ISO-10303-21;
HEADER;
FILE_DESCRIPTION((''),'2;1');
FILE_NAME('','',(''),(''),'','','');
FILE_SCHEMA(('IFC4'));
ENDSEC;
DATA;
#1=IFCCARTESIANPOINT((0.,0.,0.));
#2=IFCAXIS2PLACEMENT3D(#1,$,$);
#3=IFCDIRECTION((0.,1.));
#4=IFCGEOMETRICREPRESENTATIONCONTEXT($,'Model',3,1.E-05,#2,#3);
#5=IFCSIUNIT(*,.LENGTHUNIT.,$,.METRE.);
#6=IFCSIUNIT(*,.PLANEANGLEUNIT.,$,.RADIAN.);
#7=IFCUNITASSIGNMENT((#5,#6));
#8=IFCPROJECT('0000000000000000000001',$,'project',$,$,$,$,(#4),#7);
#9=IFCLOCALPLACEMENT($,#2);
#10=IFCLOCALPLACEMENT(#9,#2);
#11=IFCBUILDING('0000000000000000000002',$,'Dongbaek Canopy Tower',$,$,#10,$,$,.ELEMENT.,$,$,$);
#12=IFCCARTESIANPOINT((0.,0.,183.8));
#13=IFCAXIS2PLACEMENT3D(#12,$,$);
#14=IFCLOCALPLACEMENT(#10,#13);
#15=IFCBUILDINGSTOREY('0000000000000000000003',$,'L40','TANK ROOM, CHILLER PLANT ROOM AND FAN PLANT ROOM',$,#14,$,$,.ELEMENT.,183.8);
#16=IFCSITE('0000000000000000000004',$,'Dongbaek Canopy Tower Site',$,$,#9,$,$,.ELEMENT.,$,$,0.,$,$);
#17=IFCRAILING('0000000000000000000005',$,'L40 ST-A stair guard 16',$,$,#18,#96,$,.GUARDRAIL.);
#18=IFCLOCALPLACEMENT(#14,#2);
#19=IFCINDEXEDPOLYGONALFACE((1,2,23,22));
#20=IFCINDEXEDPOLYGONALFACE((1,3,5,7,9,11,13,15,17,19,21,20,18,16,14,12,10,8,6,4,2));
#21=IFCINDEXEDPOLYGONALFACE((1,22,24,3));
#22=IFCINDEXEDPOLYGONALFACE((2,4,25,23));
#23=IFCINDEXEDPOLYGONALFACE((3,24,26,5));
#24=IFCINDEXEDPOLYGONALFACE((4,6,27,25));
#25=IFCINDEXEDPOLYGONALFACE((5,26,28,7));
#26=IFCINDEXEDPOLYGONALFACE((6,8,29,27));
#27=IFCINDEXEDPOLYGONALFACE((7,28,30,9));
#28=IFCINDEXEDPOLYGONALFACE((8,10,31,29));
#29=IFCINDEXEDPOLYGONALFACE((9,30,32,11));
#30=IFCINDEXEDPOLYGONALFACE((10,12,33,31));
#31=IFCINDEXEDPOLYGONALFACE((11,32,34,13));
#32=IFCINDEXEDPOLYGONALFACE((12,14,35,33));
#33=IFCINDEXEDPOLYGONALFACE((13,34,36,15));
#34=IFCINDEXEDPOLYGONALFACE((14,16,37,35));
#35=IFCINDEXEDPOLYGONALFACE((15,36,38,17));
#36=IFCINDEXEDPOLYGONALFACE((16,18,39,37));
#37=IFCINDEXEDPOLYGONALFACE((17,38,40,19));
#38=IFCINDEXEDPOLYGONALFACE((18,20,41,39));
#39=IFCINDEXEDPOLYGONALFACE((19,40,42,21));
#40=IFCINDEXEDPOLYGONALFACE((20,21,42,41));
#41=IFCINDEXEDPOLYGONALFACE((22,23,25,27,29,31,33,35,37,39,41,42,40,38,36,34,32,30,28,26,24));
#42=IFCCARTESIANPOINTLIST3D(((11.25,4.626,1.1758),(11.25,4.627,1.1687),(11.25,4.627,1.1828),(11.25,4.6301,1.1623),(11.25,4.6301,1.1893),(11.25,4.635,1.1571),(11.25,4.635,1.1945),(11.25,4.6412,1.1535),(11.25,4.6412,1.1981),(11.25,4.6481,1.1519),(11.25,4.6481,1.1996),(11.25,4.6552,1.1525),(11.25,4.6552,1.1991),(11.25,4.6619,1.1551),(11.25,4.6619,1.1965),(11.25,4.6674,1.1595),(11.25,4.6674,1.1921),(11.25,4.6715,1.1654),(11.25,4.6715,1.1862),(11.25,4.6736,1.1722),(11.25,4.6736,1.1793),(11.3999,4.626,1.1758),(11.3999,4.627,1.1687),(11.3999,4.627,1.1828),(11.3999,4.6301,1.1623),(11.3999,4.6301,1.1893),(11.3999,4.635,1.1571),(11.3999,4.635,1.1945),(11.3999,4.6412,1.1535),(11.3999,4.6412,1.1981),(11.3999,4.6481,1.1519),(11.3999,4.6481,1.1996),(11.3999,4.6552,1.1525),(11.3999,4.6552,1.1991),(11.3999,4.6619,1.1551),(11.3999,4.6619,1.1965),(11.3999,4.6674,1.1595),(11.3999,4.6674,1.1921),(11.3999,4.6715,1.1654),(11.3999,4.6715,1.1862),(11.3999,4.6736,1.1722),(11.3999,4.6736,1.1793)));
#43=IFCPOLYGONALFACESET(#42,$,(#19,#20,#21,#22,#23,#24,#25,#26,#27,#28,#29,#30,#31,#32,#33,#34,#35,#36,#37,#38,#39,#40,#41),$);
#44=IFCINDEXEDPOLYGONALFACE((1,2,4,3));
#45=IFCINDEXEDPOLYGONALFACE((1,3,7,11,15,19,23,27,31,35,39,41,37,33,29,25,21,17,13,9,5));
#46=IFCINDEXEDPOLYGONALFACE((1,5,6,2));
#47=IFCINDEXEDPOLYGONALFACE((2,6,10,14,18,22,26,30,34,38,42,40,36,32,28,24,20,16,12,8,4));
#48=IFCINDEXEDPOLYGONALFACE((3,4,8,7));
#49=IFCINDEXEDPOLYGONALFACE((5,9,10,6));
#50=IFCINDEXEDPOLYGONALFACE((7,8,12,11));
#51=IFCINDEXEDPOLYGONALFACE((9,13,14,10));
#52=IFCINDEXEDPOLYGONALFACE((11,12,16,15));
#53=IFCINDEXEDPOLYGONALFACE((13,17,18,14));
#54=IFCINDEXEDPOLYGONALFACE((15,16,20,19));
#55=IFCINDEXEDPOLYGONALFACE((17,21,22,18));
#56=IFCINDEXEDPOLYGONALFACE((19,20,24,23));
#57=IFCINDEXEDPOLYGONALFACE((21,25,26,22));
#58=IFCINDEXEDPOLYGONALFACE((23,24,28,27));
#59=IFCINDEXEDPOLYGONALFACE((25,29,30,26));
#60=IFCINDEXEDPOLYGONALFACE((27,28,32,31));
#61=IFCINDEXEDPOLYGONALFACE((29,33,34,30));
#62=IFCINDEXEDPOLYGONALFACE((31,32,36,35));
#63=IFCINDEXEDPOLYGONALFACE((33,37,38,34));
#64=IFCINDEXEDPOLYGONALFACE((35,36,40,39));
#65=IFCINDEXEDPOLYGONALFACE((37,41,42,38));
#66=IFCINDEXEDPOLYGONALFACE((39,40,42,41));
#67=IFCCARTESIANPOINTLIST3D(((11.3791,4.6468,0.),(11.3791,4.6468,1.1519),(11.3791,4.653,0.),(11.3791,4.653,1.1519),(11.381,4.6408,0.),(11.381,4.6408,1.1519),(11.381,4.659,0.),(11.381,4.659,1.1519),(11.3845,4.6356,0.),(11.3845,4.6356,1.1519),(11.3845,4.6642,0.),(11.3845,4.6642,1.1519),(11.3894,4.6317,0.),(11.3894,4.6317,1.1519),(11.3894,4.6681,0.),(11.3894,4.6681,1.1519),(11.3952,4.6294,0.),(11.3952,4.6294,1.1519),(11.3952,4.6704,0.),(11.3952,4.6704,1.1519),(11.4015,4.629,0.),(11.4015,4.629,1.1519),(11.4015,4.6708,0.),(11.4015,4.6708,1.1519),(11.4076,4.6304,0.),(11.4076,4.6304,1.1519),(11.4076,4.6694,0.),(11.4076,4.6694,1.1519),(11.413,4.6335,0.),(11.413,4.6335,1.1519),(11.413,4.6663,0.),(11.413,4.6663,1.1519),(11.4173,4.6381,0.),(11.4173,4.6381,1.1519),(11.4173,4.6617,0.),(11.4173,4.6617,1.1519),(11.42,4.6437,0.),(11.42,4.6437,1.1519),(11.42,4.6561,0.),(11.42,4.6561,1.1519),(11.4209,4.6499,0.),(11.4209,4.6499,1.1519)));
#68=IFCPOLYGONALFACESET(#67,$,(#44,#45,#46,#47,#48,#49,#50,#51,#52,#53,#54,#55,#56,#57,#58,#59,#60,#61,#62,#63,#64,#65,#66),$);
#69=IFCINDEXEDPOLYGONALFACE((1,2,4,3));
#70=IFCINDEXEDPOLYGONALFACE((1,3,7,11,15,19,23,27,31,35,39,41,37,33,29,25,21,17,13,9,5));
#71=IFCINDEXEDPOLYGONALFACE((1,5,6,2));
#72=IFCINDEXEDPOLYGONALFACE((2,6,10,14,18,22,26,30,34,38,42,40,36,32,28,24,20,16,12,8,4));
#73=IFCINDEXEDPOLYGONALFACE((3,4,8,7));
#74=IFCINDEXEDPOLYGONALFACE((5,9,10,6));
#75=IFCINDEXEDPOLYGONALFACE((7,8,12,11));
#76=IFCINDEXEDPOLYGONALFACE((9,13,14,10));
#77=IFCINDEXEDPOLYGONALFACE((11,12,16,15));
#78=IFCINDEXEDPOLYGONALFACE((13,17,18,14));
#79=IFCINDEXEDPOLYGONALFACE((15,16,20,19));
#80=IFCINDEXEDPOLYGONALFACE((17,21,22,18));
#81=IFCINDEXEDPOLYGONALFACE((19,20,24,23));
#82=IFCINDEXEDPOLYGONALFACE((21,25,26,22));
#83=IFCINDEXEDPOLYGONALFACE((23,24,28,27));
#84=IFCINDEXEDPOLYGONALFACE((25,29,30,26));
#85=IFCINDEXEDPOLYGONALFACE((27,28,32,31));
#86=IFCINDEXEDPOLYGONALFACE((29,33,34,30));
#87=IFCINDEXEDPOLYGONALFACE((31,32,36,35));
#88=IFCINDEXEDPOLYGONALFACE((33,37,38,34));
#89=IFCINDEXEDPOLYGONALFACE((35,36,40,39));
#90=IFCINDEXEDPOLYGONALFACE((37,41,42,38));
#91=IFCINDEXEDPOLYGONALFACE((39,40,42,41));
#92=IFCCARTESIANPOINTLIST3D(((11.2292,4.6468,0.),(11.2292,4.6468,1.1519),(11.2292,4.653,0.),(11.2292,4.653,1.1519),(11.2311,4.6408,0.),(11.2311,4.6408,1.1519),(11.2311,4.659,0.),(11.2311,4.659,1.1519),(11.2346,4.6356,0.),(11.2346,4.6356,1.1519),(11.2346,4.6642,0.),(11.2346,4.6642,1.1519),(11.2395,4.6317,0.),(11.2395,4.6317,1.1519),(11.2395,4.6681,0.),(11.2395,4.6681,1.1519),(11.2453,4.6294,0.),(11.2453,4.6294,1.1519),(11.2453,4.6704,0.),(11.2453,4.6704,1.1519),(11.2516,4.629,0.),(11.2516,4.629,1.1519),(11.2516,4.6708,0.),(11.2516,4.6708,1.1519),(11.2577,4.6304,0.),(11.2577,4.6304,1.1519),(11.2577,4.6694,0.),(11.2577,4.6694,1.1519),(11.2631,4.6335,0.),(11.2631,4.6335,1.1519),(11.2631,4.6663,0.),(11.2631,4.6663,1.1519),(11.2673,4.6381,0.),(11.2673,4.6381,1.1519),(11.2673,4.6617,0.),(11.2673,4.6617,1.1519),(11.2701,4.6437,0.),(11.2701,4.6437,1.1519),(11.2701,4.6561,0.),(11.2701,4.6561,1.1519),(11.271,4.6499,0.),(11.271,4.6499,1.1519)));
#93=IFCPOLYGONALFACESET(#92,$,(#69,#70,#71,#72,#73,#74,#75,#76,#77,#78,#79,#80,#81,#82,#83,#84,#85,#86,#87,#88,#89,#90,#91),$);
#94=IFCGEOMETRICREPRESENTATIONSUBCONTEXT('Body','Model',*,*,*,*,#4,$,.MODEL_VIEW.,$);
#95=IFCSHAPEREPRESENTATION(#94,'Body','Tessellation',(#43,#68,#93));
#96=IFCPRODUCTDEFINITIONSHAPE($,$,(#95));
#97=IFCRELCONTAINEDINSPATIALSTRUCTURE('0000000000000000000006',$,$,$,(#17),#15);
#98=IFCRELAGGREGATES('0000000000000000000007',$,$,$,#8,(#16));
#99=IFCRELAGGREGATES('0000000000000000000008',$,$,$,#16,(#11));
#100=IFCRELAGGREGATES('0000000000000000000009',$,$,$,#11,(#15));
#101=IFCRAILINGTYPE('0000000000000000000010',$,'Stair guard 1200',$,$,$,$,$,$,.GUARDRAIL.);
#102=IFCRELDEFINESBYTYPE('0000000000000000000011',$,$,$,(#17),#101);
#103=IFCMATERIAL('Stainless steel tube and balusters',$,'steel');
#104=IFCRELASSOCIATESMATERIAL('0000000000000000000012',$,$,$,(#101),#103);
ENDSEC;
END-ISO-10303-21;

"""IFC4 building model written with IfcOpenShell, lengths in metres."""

from ifc_helpers import new_model, si_unit, direction, frame, origin, origin_2d, place, context, subcontext, project, spatial, circle, extrude, material, type_object, element, save


model = new_model("IFC4")

# Units and contexts
model_context = context("Model", 3, precision=1e-05, world=origin(), true_north=direction((0.0, 1.0)))
body_context = subcontext(model_context, "Body", "Model", "MODEL_VIEW")
ifc_project = project(units=[si_unit("LENGTHUNIT", "METRE"), si_unit("PLANEANGLEUNIT", "RADIAN")], contexts=[model_context])

# Site, building, storey
site_placement = place(None, origin())
site = spatial("IfcSite", under=ifc_project, at=site_placement, Name="Dongbaek Canopy Tower Site", CompositionType="ELEMENT", RefElevation=0.0)
building_placement = place(site_placement, origin())
building = spatial("IfcBuilding", under=site, at=building_placement, Name="Dongbaek Canopy Tower", CompositionType="ELEMENT")
storey_placement = place(building_placement, frame((0.0, 0.0, 183.8)))
storey = spatial("IfcBuildingStorey", under=building, at=storey_placement, Name="L40", Description="TANK ROOM, CHILLER PLANT ROOM AND FAN PLANT ROOM", CompositionType="ELEMENT", Elevation=183.8)

# Railing
ifc_material_1 = material(Name="Stainless steel tube and balusters", Category="steel")
railing_type_1 = type_object("IfcRailingType", Name="Stair guard 1200", PredefinedType="GUARDRAIL", material=ifc_material_1)
railing_1_placement = place(storey_placement, frame((11.3999, 4.6499, 0.0)))
element("IfcRailing", 1, at=railing_1_placement, inside=storey, type_object=railing_type_1, Name="L40 ST-A stair guard 16", PredefinedType="GUARDRAIL", context=body_context, shape_type="SweptSolid", body=[
    extrude(circle(Radius=0.0239, at=origin_2d()), frame((0.0, 0.0, 1.1758), z_axis=(-1.0, 0.0, 0.0), x_axis=(0.0, -1.0, 0.0)), (0.0, 0.0, 1.0), 0.1499),
    extrude(circle(Radius=0.021, at=origin_2d()), origin(), (0.0, 0.0, 1.0), 1.1519),
    extrude(circle(Radius=0.021, at=origin_2d()), frame((-0.1499, 0.0, 0.0)), (0.0, 0.0, 1.0), 1.1519),
])

save(model, "model.ifc")
